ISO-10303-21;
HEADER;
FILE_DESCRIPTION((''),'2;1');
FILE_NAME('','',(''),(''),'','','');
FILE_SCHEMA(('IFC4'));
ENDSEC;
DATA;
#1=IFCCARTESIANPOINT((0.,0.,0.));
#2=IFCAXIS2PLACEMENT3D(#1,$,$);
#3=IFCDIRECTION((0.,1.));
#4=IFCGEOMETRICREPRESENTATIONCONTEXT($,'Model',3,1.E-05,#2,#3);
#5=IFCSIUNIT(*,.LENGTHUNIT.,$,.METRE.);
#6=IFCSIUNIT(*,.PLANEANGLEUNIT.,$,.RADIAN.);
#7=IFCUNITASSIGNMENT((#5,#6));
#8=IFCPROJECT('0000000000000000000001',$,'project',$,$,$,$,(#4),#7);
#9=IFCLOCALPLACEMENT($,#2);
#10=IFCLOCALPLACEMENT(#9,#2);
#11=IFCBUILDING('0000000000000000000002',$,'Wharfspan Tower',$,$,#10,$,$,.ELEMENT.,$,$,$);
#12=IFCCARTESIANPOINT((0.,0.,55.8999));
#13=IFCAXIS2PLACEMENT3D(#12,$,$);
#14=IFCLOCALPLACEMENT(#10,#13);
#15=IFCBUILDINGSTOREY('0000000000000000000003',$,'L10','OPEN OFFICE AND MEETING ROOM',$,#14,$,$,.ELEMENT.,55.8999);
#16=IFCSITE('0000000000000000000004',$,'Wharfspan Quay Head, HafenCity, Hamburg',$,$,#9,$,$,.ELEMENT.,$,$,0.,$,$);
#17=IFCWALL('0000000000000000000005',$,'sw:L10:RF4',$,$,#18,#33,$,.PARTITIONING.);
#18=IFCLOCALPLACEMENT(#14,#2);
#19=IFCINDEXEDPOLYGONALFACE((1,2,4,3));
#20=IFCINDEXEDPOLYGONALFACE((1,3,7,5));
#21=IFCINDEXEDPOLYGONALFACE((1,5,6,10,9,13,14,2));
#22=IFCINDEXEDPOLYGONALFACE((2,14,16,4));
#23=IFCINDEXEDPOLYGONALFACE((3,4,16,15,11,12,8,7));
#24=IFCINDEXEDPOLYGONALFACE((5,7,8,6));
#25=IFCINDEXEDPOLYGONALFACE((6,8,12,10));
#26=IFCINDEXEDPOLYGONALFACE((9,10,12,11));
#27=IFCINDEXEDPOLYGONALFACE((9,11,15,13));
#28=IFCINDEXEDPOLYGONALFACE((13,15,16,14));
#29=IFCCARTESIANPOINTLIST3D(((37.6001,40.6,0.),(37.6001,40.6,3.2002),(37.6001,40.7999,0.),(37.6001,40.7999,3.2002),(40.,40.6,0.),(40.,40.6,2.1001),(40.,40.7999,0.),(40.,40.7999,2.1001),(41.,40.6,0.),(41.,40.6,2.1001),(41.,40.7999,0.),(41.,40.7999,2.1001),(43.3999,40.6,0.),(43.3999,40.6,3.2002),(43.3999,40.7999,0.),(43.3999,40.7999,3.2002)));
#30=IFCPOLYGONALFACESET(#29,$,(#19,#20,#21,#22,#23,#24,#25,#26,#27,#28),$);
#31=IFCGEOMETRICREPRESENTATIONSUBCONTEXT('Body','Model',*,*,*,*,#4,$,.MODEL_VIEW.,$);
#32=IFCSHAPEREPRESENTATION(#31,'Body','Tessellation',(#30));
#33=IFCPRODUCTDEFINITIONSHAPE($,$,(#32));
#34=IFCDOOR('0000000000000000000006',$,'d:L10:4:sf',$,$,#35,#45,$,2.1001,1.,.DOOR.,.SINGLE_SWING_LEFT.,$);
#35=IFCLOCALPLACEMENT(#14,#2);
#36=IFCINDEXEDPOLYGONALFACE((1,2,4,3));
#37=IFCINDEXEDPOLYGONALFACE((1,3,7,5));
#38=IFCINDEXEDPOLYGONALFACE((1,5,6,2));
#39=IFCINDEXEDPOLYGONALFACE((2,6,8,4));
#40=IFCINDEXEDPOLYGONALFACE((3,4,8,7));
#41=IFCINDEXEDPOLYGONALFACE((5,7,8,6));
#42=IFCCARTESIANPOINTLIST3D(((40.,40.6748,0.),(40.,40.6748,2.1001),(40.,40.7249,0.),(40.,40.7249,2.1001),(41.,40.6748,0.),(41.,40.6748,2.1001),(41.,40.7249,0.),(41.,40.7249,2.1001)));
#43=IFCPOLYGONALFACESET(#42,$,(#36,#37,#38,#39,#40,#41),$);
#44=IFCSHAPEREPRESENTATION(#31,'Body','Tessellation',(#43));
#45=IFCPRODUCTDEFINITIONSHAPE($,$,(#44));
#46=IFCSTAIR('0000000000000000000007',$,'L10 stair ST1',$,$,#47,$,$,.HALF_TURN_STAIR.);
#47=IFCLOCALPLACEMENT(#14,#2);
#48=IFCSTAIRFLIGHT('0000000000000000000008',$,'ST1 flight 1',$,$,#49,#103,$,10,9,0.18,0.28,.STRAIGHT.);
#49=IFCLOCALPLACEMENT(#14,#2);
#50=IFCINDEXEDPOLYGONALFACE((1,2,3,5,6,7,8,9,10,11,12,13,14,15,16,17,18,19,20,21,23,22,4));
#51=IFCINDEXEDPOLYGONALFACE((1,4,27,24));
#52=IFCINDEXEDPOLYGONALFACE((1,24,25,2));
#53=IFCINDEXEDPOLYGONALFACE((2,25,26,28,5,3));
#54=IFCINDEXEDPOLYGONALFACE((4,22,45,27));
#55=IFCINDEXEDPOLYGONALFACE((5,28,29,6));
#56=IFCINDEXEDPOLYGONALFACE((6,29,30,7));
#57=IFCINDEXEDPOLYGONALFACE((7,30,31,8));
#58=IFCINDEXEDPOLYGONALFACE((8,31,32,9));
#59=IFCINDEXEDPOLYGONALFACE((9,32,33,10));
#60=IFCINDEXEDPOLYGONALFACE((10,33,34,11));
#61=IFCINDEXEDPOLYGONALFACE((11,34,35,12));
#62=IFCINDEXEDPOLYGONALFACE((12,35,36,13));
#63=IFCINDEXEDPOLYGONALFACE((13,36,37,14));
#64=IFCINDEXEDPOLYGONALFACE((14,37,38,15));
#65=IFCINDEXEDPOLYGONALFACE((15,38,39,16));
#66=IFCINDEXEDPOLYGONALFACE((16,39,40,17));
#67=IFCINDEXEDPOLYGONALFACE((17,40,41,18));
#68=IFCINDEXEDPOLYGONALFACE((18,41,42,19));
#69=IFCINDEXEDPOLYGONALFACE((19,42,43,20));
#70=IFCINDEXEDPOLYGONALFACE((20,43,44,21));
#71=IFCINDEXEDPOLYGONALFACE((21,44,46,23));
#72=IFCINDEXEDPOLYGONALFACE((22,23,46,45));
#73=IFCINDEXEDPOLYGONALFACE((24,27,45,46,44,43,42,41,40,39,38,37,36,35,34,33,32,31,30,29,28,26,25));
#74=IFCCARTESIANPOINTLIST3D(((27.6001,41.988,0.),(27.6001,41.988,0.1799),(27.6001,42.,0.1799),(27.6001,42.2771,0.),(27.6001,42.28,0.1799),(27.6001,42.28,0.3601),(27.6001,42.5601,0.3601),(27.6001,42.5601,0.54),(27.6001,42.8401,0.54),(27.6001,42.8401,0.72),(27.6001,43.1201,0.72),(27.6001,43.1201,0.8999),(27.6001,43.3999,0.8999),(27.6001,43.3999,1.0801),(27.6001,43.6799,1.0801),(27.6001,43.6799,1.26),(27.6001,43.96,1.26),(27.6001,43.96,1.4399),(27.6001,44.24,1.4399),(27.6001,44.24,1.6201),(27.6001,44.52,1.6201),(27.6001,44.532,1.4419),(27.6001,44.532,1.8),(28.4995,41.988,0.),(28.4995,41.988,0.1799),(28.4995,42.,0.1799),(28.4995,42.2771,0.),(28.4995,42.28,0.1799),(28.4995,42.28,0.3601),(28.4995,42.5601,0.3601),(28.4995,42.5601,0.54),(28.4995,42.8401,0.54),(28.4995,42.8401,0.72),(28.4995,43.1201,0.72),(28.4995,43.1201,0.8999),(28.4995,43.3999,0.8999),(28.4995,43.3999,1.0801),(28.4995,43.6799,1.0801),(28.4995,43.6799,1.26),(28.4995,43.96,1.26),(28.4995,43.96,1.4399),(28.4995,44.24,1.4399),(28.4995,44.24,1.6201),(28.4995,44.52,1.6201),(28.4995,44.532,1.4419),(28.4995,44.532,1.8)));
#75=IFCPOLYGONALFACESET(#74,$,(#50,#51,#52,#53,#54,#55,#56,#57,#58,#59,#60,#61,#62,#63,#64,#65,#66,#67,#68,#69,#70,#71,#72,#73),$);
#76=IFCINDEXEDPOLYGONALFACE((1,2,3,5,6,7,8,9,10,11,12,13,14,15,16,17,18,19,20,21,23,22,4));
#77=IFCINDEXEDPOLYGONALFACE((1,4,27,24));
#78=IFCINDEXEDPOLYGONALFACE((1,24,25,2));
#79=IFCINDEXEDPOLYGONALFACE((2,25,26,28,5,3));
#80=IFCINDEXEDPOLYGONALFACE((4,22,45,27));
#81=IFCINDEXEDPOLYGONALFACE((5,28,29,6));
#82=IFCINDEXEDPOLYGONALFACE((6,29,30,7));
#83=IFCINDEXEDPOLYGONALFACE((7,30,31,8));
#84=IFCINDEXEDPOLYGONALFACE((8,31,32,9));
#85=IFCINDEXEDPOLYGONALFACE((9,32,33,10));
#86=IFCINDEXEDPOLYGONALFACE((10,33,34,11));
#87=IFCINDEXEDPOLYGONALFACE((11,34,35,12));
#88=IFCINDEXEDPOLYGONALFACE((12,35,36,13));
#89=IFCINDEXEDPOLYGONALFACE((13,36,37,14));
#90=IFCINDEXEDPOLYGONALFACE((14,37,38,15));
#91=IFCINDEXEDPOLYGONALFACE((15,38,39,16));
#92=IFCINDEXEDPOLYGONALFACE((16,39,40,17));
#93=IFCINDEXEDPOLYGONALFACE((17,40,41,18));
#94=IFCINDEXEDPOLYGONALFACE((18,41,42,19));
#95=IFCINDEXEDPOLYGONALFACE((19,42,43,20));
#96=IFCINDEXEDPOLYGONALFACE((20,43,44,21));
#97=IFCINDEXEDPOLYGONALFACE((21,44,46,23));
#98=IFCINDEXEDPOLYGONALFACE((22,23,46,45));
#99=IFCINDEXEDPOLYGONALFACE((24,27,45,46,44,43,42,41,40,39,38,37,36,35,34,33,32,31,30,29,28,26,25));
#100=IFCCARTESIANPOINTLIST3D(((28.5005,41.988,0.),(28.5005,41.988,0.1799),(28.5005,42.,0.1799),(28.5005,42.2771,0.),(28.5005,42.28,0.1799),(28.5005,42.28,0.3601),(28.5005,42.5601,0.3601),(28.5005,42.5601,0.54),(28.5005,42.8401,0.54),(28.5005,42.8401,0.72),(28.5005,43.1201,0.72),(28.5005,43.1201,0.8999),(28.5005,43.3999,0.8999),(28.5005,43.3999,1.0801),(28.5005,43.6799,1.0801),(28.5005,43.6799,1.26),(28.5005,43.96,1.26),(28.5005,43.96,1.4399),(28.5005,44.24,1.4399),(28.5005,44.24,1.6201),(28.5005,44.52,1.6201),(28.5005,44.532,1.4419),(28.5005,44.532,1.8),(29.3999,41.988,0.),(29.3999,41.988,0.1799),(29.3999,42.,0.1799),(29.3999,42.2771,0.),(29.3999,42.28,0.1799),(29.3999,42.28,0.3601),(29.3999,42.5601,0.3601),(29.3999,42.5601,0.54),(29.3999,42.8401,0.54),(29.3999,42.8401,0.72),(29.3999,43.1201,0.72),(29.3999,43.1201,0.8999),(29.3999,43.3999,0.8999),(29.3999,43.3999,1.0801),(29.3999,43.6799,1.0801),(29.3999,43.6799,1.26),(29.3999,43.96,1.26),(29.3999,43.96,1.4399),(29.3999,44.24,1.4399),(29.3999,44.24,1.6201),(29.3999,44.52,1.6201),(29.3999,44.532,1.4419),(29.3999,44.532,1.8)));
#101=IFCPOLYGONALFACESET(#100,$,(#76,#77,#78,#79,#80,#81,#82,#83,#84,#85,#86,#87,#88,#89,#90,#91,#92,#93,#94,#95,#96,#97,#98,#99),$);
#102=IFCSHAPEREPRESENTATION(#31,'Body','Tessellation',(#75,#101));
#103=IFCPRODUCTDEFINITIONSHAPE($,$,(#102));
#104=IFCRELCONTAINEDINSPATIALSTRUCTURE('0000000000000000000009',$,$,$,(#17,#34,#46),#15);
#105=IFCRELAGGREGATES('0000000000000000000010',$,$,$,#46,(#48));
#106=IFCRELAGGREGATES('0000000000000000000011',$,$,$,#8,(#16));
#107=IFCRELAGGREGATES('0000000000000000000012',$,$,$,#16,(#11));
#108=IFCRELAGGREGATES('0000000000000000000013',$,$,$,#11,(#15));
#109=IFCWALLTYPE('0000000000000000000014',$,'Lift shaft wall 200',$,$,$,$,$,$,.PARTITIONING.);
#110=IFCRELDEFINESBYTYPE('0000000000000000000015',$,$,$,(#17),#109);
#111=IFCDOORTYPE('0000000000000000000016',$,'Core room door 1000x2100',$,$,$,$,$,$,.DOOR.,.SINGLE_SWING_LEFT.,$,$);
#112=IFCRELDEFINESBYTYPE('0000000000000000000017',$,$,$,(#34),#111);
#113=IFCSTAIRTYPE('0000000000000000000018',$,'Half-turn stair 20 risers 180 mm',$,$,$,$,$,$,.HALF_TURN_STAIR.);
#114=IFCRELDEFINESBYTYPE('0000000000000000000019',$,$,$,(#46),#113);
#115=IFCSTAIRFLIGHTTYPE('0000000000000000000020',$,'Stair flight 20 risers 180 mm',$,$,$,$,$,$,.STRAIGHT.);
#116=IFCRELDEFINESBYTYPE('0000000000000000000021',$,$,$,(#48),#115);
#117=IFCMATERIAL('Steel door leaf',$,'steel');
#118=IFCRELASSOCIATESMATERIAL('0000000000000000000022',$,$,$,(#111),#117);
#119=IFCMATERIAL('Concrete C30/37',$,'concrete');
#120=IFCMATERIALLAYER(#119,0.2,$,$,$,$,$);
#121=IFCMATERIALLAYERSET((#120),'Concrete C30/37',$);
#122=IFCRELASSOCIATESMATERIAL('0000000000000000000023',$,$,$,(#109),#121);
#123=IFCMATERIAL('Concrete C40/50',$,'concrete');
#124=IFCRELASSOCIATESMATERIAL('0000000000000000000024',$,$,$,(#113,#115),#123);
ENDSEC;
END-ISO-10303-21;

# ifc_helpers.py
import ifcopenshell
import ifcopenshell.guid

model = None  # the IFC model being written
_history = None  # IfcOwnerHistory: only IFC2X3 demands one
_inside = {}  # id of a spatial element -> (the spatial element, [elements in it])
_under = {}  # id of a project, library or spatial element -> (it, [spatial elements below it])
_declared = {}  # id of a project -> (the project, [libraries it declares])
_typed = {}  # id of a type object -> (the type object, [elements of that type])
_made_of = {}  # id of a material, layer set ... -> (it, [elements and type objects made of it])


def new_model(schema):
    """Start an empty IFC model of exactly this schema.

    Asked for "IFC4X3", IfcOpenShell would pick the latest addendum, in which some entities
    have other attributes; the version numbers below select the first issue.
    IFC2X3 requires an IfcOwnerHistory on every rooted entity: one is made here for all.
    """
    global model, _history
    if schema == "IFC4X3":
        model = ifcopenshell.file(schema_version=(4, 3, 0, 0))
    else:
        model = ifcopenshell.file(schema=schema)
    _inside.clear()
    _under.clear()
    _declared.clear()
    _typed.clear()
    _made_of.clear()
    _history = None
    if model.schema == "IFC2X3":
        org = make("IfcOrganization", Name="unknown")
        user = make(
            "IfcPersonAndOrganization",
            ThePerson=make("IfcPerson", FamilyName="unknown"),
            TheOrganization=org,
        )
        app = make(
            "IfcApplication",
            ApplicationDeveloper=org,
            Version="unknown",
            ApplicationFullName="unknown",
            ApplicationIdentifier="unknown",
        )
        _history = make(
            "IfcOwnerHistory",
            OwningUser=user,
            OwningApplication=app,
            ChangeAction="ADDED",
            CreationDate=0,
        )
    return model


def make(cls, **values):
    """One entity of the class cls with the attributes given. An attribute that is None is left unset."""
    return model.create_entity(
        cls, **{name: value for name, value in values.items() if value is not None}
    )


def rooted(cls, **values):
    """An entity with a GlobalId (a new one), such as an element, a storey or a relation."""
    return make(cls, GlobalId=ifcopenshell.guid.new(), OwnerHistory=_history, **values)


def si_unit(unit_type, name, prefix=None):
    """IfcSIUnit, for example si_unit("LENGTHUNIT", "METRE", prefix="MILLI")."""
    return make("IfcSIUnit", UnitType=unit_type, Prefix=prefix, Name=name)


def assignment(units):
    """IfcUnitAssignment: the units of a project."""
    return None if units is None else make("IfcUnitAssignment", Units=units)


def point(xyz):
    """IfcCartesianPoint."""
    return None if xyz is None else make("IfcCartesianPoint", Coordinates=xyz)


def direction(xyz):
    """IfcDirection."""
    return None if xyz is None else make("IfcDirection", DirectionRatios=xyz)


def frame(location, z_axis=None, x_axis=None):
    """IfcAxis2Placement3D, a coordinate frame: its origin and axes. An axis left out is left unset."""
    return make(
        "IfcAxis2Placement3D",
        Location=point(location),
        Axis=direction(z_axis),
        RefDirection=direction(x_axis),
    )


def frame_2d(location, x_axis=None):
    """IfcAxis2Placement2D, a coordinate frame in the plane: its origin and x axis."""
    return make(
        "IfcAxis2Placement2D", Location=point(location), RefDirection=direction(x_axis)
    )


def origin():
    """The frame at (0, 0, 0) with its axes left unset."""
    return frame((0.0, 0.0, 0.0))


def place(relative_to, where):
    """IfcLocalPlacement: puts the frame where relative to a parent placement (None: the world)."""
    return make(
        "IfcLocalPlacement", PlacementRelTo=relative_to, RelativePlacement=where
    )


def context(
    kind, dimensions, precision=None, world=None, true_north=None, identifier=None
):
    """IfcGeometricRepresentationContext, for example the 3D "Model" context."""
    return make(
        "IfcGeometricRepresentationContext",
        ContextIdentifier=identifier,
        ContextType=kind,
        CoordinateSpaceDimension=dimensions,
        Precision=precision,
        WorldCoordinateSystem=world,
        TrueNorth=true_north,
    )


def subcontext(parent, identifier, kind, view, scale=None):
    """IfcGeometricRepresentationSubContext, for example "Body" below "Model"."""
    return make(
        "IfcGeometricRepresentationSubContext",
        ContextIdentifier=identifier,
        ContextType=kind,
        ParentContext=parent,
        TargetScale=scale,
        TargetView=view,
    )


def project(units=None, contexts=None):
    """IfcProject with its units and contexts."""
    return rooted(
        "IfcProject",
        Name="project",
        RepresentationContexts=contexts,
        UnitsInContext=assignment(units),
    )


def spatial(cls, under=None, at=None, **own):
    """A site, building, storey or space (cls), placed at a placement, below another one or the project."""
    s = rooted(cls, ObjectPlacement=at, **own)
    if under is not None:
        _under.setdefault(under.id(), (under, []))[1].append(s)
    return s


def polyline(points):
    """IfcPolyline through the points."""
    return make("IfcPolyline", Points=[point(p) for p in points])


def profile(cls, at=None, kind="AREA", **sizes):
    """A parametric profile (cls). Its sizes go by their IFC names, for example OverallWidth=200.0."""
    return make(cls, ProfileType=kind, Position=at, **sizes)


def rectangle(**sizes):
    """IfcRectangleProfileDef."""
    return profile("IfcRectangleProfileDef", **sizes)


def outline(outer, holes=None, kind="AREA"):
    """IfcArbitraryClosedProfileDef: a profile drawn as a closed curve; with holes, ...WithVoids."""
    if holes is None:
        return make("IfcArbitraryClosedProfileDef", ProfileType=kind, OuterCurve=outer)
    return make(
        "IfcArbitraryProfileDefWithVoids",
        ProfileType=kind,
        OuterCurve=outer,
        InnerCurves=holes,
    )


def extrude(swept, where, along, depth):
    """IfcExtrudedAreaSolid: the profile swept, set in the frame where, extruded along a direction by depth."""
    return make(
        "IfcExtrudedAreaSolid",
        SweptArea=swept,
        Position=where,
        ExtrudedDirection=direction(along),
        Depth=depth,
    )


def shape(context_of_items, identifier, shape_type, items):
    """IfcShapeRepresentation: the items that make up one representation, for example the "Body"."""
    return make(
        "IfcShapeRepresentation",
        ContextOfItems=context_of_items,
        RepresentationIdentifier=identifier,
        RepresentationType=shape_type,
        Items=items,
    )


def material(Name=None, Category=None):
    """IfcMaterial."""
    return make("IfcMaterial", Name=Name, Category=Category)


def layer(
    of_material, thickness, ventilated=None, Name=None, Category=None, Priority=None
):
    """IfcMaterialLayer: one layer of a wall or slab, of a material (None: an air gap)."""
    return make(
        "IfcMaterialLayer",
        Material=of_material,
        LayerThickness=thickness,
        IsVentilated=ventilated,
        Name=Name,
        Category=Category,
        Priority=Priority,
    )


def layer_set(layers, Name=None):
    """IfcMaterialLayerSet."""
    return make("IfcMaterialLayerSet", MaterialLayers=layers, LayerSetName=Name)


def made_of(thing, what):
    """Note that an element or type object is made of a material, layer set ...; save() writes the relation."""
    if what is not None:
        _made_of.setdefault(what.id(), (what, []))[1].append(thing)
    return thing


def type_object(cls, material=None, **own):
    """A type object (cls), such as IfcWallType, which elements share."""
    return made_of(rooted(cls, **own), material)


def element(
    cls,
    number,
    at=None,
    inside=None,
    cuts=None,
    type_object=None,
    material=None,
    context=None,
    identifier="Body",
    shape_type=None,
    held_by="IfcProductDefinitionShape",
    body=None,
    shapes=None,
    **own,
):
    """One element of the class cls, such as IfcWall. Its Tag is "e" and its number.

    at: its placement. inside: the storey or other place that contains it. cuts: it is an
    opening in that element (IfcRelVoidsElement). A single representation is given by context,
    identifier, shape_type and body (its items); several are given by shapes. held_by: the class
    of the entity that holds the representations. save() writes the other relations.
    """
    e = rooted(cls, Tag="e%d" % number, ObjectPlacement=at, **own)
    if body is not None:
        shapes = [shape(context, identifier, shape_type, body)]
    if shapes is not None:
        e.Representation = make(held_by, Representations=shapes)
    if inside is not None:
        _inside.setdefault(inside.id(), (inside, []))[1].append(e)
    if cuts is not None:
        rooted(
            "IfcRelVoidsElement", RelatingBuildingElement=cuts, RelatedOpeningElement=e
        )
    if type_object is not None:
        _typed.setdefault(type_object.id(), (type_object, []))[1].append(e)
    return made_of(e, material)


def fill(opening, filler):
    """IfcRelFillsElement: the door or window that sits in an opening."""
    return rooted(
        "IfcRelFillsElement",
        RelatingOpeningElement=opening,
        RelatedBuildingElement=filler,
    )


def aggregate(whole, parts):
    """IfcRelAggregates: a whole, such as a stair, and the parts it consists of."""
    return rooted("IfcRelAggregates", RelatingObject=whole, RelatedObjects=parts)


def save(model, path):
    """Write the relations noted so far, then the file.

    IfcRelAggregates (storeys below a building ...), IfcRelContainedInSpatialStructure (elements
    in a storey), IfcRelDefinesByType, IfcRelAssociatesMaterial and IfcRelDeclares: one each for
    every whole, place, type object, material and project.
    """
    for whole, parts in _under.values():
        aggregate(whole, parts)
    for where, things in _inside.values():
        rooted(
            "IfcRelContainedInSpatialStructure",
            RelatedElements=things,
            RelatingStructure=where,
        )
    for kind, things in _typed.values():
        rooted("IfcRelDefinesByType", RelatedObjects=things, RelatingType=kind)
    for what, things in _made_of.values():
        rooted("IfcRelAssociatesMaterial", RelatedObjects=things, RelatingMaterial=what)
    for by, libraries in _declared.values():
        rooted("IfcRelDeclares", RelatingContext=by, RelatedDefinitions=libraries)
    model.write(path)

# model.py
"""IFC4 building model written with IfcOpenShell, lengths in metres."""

from ifc_helpers import new_model, si_unit, direction, frame, frame_2d, origin, place, context, subcontext, project, spatial, polyline, rectangle, outline, extrude, material, layer, layer_set, type_object, element, fill, aggregate, save


model = new_model("IFC4")

# Units and contexts
model_context = context("Model", 3, precision=1e-05, world=origin(), true_north=direction((0.0, 1.0)))
body_context = subcontext(model_context, "Body", "Model", "MODEL_VIEW")
ifc_project = project(units=[si_unit("LENGTHUNIT", "METRE"), si_unit("PLANEANGLEUNIT", "RADIAN")], contexts=[model_context])

# Site, building, storey
site_placement = place(None, origin())
site = spatial("IfcSite", under=ifc_project, at=site_placement, Name="Wharfspan Quay Head, HafenCity, Hamburg", CompositionType="ELEMENT", RefElevation=0.0)
building_placement = place(site_placement, origin())
building = spatial("IfcBuilding", under=site, at=building_placement, Name="Wharfspan Tower", CompositionType="ELEMENT")
storey_placement = place(building_placement, frame((0.0, 0.0, 55.8999)))
storey = spatial("IfcBuildingStorey", under=building, at=storey_placement, Name="L10", Description="OPEN OFFICE AND MEETING ROOM", CompositionType="ELEMENT", Elevation=55.8999)

# Shared definitions
ifc_material_1 = material(Name="Steel door leaf", Category="steel")
door_type_1 = type_object("IfcDoorType", Name="Core room door 1000x2100", OperationType="SINGLE_SWING_LEFT", PredefinedType="DOOR", material=ifc_material_1)

# Wall, opening, door
ifc_material_2 = material(Name="Concrete C30/37", Category="concrete")
ifc_layer_1 = layer(ifc_material_2, 0.2)
ifc_layer_set_1 = layer_set([ifc_layer_1], Name="Concrete C30/37")
wall_type_1 = type_object("IfcWallType", Name="Lift shaft wall 200", PredefinedType="PARTITIONING", material=ifc_layer_set_1)
wall_1_placement = place(storey_placement, frame((37.6001, 40.7, 0.0), z_axis=(0.0, 0.0, 1.0), x_axis=(1.0, 0.0, 0.0)))
wall_1 = element("IfcWall", 1, at=wall_1_placement, inside=storey, type_object=wall_type_1, Name="sw:L10:RF4", PredefinedType="PARTITIONING", context=body_context, shape_type="SweptSolid", body=[
    extrude(rectangle(XDim=5.7998, YDim=0.2, at=frame_2d((2.8999, 0.0))), origin(), (0.0, 0.0, 1.0), 3.2002),
])
opening_1_placement = place(wall_1_placement, frame((2.3999, 0.0, 0.0)))
opening_1 = element("IfcOpeningElement", 2, at=opening_1_placement, cuts=wall_1, PredefinedType="OPENING", context=body_context, shape_type="SweptSolid", body=[
    extrude(rectangle(XDim=1.0, YDim=2.1001, at=frame_2d((0.5, 1.05))), frame((0.0, 0.1099, 0.0), z_axis=(0.0, -1.0, 0.0), x_axis=(1.0, 0.0, 0.0)), (0.0, 0.0, 1.0), 0.22),
])
door_1_placement = place(opening_1_placement, origin())
door_1 = element("IfcDoor", 3, at=door_1_placement, inside=storey, type_object=door_type_1, Name="d:L10:4:sf", OperationType="SINGLE_SWING_LEFT", OverallHeight=2.1001, OverallWidth=1.0, PredefinedType="DOOR", context=body_context, shape_type="SweptSolid", body=[
    extrude(rectangle(XDim=1.0, YDim=2.1001, at=frame_2d((0.5, 1.05))), frame((0.0, 0.0249, 0.0), z_axis=(0.0, -1.0, 0.0), x_axis=(1.0, 0.0, 0.0)), (0.0, 0.0, 1.0), 0.05),
])
fill(opening_1, door_1)

# Stair, stair flight
ifc_material_3 = material(Name="Concrete C40/50", Category="concrete")
stair_type = type_object("IfcStairType", Name="Half-turn stair 20 risers 180 mm", PredefinedType="HALF_TURN_STAIR", material=ifc_material_3)
stair_placement = place(storey_placement, origin())
stair = element("IfcStair", 4, at=stair_placement, inside=storey, type_object=stair_type, Name="L10 stair ST1", PredefinedType="HALF_TURN_STAIR")
stair_flight_type = type_object("IfcStairFlightType", Name="Stair flight 20 risers 180 mm", PredefinedType="STRAIGHT", material=ifc_material_3)
stair_flight_placement = place(storey_placement, frame((28.5, 42.0, 0.0), z_axis=(0.0, 0.0, 1.0), x_axis=(0.0, 1.0, 0.0)))
stair_flight = element("IfcStairFlight", 5, at=stair_flight_placement, type_object=stair_flight_type, Name="ST1 flight 1", NumberOfRisers=10, NumberOfTreads=9, PredefinedType="STRAIGHT", RiserHeight=0.18, TreadLength=0.28, context=body_context, shape_type="SweptSolid", body=[
    extrude(outline(polyline([(-0.012, 0.0), (-0.012, 0.1799), (0.0, 0.1799), (0.28, 0.1799), (0.28, 0.3601), (0.5601, 0.3601), (0.5601, 0.54), (0.8401, 0.54), (0.8401, 0.72), (1.1201, 0.72), (1.1201, 0.8999), (1.3999, 0.8999), (1.3999, 1.0801), (1.6799, 1.0801), (1.6799, 1.26), (1.96, 1.26), (1.96, 1.4399), (2.24, 1.4399), (2.24, 1.6201), (2.52, 1.6201), (2.532, 1.8), (2.532, 1.4419), (0.2771, 0.0), (-0.012, 0.0)])), frame((0.0, 0.8999, 0.0), z_axis=(0.0, -1.0, 0.0), x_axis=(1.0, 0.0, 0.0)), (0.0, 0.0, 1.0), 0.8994),
    extrude(outline(polyline([(-0.012, 0.0), (-0.012, 0.1799), (0.0, 0.1799), (0.28, 0.1799), (0.28, 0.3601), (0.5601, 0.3601), (0.5601, 0.54), (0.8401, 0.54), (0.8401, 0.72), (1.1201, 0.72), (1.1201, 0.8999), (1.3999, 0.8999), (1.3999, 1.0801), (1.6799, 1.0801), (1.6799, 1.26), (1.96, 1.26), (1.96, 1.4399), (2.24, 1.4399), (2.24, 1.6201), (2.52, 1.6201), (2.532, 1.8), (2.532, 1.4419), (0.2771, 0.0), (-0.012, 0.0)])), frame((0.0, -0.0005, 0.0), z_axis=(0.0, -1.0, 0.0), x_axis=(1.0, 0.0, 0.0)), (0.0, 0.0, 1.0), 0.8994),
])
aggregate(stair, [stair_flight])

save(model, "model.ifc")
